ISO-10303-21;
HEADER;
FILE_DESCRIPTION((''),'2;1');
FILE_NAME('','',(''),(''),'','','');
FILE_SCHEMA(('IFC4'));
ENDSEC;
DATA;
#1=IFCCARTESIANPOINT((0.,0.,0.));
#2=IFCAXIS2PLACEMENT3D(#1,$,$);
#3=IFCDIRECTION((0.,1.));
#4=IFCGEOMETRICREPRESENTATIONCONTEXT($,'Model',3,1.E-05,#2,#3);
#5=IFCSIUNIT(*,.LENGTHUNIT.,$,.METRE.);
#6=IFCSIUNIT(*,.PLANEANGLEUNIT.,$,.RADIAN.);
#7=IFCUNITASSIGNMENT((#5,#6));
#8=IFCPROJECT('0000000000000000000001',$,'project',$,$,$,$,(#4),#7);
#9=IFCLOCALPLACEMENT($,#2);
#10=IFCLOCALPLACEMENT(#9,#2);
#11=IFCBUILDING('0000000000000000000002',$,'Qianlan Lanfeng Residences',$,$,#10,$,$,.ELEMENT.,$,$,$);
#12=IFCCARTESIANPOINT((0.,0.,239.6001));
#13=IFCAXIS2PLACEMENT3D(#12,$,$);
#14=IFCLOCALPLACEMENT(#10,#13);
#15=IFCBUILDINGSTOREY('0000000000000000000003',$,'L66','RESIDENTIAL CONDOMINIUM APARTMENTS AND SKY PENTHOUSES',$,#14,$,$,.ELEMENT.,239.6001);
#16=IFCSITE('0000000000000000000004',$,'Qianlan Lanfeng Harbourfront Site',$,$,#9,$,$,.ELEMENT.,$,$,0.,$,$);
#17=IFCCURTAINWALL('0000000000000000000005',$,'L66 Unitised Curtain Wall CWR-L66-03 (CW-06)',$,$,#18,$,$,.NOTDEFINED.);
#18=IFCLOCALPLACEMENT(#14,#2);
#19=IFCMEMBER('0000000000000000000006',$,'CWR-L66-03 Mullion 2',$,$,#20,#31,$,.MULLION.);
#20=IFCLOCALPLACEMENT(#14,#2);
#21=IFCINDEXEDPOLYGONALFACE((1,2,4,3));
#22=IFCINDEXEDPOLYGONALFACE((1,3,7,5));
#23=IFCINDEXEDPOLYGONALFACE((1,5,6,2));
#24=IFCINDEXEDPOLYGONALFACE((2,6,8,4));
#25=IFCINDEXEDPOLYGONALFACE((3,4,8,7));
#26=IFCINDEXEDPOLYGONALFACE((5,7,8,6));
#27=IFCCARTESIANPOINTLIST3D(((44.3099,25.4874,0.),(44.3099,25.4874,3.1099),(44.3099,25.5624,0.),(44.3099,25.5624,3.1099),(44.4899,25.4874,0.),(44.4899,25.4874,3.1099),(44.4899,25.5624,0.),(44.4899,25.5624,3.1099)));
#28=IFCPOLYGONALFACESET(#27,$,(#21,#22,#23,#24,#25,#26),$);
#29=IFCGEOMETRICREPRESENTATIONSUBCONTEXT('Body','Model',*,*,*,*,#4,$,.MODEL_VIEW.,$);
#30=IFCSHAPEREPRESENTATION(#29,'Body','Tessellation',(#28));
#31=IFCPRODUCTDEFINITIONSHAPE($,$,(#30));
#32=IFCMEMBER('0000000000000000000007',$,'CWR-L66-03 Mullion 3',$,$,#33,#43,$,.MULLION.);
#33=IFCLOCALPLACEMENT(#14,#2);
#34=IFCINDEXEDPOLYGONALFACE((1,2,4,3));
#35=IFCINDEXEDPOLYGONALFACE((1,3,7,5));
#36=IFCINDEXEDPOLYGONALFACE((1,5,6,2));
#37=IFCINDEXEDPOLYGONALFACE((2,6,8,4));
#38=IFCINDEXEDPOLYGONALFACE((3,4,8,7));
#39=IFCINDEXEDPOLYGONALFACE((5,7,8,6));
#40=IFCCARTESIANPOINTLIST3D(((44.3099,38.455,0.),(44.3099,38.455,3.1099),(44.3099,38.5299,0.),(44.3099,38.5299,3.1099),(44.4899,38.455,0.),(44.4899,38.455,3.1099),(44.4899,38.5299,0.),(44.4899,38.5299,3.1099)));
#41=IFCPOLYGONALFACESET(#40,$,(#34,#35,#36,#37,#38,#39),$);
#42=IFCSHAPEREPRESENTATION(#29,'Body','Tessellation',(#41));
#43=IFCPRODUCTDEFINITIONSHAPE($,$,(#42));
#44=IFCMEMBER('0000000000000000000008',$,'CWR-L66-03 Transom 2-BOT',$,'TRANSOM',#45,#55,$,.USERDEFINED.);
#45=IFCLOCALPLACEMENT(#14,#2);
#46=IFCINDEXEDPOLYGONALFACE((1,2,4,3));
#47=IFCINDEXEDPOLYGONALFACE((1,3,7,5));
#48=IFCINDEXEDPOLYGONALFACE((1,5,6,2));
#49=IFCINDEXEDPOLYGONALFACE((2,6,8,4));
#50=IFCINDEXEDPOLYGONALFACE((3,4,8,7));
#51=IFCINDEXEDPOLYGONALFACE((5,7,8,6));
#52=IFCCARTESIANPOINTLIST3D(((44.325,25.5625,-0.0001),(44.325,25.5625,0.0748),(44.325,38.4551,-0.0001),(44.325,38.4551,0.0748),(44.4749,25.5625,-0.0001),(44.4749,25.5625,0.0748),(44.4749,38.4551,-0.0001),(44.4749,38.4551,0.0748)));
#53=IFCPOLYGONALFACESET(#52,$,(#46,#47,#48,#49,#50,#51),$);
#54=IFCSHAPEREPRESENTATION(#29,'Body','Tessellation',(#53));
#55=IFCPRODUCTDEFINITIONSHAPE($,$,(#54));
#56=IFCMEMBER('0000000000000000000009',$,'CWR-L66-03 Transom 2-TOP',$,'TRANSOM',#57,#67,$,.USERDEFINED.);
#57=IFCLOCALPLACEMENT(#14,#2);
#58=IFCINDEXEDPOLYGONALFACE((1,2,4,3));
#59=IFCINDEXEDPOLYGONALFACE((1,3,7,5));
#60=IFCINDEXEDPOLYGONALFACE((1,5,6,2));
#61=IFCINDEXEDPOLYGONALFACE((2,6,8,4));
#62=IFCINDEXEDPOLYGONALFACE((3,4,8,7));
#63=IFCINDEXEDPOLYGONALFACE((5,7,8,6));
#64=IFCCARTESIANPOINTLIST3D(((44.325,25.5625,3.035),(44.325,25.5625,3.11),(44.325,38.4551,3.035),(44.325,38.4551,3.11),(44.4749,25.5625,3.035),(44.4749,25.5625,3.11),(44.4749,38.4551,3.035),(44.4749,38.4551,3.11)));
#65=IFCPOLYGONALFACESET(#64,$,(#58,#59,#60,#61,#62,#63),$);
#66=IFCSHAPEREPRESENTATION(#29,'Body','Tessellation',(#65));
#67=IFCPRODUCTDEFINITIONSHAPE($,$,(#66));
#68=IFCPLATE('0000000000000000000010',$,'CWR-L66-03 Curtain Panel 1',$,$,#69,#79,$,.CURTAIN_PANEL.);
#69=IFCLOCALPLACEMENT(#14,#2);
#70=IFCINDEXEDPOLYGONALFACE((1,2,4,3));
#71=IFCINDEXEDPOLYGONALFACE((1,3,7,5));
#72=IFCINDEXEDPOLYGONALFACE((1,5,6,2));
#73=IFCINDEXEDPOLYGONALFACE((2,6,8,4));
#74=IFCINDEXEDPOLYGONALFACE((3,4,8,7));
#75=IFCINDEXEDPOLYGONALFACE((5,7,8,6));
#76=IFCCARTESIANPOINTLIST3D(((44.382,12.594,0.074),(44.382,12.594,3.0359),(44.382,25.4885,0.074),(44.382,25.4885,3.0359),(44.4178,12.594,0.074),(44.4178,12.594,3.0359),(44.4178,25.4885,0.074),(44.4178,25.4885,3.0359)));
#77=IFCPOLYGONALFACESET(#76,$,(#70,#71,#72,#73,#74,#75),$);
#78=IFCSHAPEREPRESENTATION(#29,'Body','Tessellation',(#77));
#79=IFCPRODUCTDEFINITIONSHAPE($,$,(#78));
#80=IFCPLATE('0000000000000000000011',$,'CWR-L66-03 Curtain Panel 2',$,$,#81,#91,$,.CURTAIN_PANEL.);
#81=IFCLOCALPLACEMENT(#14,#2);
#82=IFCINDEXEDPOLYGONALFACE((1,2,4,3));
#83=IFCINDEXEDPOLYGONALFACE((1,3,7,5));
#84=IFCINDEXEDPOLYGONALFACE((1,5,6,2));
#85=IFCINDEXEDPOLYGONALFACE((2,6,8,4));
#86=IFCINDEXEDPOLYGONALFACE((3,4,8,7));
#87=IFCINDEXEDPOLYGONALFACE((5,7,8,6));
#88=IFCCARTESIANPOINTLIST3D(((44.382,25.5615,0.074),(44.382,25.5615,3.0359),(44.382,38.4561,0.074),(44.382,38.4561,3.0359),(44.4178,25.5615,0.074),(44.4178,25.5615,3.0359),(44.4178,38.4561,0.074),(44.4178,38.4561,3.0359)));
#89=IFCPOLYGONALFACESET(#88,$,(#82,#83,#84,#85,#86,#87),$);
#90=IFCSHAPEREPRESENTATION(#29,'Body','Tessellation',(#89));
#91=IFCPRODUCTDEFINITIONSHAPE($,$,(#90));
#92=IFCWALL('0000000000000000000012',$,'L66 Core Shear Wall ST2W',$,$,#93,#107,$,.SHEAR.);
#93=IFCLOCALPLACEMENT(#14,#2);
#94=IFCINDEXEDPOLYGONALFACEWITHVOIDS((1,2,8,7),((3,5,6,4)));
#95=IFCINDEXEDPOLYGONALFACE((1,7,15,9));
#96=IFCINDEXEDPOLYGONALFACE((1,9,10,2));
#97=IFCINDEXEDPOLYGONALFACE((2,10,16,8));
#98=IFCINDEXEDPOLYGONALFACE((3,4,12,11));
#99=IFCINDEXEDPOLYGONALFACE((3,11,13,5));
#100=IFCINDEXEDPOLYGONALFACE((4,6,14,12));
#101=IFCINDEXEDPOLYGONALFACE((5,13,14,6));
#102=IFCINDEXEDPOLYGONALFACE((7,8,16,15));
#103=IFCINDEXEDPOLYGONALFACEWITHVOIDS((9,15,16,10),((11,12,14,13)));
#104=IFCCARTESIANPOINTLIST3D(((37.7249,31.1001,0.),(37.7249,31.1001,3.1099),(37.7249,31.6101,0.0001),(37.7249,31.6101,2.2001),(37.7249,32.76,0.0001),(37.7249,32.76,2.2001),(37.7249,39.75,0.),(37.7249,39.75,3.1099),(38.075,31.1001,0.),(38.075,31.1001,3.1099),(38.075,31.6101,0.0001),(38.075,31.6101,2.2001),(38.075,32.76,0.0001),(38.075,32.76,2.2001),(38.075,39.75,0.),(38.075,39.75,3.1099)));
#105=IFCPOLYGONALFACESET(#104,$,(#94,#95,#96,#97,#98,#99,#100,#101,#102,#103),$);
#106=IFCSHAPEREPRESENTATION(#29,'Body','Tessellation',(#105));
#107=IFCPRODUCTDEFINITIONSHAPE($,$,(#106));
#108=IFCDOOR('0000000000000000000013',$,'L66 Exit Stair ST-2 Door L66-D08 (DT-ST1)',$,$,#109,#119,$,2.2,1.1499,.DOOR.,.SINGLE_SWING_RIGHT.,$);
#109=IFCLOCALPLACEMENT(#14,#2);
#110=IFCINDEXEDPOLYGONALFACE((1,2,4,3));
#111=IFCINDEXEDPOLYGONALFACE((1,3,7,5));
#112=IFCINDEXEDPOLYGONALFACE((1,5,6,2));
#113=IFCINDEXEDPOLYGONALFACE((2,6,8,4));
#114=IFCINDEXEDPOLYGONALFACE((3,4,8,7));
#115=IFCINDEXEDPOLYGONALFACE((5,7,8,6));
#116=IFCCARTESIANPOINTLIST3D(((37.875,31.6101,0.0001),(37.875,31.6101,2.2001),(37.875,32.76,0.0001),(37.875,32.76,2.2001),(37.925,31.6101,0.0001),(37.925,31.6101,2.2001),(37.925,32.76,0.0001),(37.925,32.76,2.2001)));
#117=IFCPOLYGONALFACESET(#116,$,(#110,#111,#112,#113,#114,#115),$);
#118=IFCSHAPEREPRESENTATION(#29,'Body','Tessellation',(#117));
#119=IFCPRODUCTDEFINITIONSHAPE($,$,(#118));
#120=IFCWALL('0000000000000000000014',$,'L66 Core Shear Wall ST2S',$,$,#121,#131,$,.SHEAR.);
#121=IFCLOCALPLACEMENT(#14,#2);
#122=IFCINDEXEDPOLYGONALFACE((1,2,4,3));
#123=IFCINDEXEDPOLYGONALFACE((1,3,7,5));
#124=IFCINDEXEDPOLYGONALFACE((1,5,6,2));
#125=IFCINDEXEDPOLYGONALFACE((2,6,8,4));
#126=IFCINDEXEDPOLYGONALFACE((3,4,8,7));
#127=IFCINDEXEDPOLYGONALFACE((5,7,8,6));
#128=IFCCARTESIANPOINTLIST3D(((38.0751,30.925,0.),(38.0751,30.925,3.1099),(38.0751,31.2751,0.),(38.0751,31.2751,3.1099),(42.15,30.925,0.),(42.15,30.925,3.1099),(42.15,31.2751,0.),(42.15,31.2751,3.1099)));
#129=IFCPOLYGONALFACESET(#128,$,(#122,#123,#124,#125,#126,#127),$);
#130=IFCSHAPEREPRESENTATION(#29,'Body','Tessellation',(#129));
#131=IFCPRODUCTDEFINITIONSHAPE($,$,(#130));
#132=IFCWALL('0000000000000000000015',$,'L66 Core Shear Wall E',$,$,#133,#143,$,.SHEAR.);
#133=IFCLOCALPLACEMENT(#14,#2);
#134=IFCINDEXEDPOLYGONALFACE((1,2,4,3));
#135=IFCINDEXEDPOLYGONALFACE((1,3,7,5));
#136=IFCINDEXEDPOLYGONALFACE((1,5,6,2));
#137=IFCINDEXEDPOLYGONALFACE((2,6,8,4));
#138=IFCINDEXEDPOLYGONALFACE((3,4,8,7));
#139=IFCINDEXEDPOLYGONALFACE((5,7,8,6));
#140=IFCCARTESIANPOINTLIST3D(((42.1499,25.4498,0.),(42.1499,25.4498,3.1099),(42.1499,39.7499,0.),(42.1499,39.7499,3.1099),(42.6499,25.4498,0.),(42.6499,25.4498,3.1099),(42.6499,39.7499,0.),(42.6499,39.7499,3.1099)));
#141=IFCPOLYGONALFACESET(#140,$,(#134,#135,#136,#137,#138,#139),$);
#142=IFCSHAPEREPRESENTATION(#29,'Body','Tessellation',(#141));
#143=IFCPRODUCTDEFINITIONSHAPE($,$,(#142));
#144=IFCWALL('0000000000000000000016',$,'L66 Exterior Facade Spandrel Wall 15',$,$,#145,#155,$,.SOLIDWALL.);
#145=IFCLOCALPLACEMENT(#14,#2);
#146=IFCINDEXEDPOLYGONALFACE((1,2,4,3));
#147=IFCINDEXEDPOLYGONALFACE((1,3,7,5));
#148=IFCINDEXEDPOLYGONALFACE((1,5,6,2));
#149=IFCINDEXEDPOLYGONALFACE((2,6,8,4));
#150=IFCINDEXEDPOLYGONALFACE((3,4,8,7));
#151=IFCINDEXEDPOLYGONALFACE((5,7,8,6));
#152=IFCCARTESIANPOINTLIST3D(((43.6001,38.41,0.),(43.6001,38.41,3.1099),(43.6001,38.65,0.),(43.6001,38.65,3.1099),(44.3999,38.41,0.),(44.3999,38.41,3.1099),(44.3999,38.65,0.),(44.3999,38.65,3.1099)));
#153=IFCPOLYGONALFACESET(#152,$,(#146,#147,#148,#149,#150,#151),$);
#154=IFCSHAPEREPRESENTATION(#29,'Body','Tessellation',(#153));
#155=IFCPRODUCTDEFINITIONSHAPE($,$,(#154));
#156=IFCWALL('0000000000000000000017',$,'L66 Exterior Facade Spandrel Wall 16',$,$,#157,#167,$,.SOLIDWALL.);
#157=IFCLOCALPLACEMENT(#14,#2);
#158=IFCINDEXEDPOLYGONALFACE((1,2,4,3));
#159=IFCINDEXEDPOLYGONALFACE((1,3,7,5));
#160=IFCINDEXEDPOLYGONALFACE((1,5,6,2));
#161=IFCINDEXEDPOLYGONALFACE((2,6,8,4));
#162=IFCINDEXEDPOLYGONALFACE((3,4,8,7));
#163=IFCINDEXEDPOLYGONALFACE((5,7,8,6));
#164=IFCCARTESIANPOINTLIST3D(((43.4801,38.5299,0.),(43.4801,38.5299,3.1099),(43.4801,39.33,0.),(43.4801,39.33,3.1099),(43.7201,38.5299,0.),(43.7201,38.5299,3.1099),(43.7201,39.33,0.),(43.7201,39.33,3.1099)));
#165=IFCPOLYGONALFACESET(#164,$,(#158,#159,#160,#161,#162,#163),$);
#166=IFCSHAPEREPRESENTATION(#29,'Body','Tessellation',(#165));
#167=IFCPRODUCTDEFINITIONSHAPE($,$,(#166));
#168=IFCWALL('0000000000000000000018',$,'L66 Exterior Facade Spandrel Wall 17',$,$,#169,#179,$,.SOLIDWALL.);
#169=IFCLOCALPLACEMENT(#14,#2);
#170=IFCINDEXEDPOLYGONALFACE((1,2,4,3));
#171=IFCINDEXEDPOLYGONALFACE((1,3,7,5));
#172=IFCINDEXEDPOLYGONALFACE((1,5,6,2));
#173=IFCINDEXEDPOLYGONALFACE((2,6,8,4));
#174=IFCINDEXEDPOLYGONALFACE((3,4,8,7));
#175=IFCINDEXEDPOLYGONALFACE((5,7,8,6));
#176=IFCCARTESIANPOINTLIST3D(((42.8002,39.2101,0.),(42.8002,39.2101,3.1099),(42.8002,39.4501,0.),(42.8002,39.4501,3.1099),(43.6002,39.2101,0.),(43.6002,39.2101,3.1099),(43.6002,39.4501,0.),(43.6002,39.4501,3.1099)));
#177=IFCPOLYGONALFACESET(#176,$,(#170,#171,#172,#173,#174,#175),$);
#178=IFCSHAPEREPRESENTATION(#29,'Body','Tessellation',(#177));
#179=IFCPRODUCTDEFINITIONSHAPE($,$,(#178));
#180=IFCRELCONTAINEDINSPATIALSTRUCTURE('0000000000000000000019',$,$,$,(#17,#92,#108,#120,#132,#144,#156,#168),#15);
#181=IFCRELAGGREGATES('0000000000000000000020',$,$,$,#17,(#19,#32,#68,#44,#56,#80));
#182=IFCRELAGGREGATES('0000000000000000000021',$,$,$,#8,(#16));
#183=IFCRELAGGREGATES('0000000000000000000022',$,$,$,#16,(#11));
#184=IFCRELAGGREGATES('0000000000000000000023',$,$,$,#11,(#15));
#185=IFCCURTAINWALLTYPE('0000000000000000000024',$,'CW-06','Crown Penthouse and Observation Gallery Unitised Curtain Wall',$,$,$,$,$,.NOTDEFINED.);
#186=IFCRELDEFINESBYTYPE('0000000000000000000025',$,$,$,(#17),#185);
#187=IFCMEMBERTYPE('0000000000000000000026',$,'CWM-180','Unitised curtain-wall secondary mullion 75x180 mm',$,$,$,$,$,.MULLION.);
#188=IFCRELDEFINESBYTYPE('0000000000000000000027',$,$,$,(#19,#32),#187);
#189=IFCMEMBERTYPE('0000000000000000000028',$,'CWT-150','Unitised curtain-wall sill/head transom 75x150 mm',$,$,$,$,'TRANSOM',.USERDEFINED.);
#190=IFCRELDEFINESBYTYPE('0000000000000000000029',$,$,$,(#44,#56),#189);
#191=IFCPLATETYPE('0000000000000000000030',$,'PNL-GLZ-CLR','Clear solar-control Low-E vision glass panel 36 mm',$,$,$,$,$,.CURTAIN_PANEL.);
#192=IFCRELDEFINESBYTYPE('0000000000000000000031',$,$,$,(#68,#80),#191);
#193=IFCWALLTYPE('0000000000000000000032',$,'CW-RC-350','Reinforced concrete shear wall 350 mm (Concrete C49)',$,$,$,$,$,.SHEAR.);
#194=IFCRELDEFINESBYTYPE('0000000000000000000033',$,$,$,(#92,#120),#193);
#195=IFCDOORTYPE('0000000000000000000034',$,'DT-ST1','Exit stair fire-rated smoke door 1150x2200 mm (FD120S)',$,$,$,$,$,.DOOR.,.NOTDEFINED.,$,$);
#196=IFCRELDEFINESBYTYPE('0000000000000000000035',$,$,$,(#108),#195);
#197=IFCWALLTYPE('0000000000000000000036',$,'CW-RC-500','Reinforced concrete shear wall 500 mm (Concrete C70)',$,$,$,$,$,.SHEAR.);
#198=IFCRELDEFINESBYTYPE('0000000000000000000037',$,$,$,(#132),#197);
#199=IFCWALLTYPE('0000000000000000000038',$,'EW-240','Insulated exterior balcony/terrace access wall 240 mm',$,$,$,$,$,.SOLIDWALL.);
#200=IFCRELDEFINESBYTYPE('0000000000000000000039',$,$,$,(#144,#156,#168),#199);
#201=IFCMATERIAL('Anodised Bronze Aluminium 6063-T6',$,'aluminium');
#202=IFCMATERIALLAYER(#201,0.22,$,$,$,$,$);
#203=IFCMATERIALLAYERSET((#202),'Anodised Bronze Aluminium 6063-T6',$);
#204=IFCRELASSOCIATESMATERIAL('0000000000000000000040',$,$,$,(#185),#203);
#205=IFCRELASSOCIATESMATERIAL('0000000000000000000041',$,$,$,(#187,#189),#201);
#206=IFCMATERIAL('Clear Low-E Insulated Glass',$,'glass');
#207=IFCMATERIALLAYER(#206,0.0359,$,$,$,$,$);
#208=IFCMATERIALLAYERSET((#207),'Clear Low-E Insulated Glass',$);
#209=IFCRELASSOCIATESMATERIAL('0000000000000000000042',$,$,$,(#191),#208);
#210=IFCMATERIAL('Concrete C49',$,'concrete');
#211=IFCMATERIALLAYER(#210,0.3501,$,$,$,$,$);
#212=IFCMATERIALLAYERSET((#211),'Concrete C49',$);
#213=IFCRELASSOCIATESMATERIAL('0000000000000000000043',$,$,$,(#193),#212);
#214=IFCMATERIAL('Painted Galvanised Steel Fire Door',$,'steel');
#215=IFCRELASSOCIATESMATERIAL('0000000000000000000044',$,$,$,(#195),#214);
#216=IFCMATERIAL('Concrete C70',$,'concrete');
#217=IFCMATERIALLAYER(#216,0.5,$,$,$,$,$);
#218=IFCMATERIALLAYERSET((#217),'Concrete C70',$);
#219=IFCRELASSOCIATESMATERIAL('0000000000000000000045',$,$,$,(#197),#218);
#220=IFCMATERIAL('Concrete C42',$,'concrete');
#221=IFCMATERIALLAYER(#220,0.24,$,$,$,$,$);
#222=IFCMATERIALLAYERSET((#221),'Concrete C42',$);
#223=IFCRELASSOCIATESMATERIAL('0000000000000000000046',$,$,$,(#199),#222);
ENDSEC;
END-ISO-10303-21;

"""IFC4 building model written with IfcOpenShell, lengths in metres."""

from ifc_helpers import new_model, si_unit, direction, frame, frame_2d, origin, origin_2d, place, context, subcontext, project, spatial, rectangle, extrude, source, transform, mapped, material, layer, layer_set, material_profile, profile_set, type_object, element, fill, aggregate, save


model = new_model("IFC4")

# Units and contexts
model_context = context("Model", 3, precision=1e-05, world=origin(), true_north=direction((0.0, 1.0)))
body_context = subcontext(model_context, "Body", "Model", "MODEL_VIEW")
ifc_project = project(units=[si_unit("LENGTHUNIT", "METRE"), si_unit("PLANEANGLEUNIT", "RADIAN")], contexts=[model_context])

# Site, building, storey
site_placement = place(None, origin())
site = spatial("IfcSite", under=ifc_project, at=site_placement, Name="Qianlan Lanfeng Harbourfront Site", CompositionType="ELEMENT", RefElevation=0.0)
building_placement = place(site_placement, origin())
building = spatial("IfcBuilding", under=site, at=building_placement, Name="Qianlan Lanfeng Residences", CompositionType="ELEMENT")
storey_placement = place(building_placement, frame((0.0, 0.0, 239.6001)))
storey = spatial("IfcBuildingStorey", under=building, at=storey_placement, Name="L66", Description="RESIDENTIAL CONDOMINIUM APARTMENTS AND SKY PENTHOUSES", CompositionType="ELEMENT", Elevation=239.6001)

# Curtain wall, members, plates
ifc_material_1 = material(Name="Anodised Bronze Aluminium 6063-T6", Category="aluminium")
ifc_layer_1 = layer(ifc_material_1, 0.22)
ifc_layer_set_1 = layer_set([ifc_layer_1], Name="Anodised Bronze Aluminium 6063-T6")
curtain_wall_type = type_object("IfcCurtainWallType", Name="CW-06", Description="Crown Penthouse and Observation Gallery Unitised Curtain Wall", PredefinedType="NOTDEFINED", material=ifc_layer_set_1)
curtain_wall_placement = place(storey_placement, origin())
curtain_wall = element("IfcCurtainWall", 1, at=curtain_wall_placement, inside=storey, type_object=curtain_wall_type, Name="L66 Unitised Curtain Wall CWR-L66-03 (CW-06)", PredefinedType="NOTDEFINED")
ifc_material_profile_1 = material_profile(ifc_material_1, rectangle(XDim=0.075, YDim=0.1799, at=origin_2d()), Name="ALU MULLION 75x180")
ifc_profile_set_1 = profile_set([ifc_material_profile_1], Name="Anodised Bronze Aluminium 6063-T6")
member_type_1 = type_object("IfcMemberType", Name="CWM-180", Description="Unitised curtain-wall secondary mullion 75x180 mm", PredefinedType="MULLION", material=ifc_profile_set_1)
shared_shape_1 = source(origin(), body_context, "Body", "SweptSolid", [
    extrude(rectangle(XDim=0.075, YDim=0.1799, at=origin_2d()), origin(), (0.0, 0.0, 1.0), 3.1099),
])
member_1_placement = place(storey_placement, frame((44.3999, 25.5249, 0.0), z_axis=(0.0, 0.0, 1.0), x_axis=(0.0, 1.0, 0.0)))
member_1 = element("IfcMember", 2, at=member_1_placement, type_object=member_type_1, Name="CWR-L66-03 Mullion 2", PredefinedType="MULLION", context=body_context, shape_type="MappedRepresentation", body=[
    mapped(shared_shape_1, transform((0.0, 0.0, 0.0), scale=1.0)),
])
member_2_placement = place(storey_placement, frame((44.3999, 38.4924, 0.0), z_axis=(0.0, 0.0, 1.0), x_axis=(0.0, 1.0, 0.0)))
member_2 = element("IfcMember", 3, at=member_2_placement, type_object=member_type_1, Name="CWR-L66-03 Mullion 3", PredefinedType="MULLION", context=body_context, shape_type="MappedRepresentation", body=[
    mapped(shared_shape_1, transform((0.0, 0.0, 0.0), scale=1.0)),
])
ifc_material_profile_2 = material_profile(ifc_material_1, rectangle(XDim=0.075, YDim=0.1499, at=origin_2d()), Name="ALU TRANSOM 75x150")
ifc_profile_set_2 = profile_set([ifc_material_profile_2], Name="Anodised Bronze Aluminium 6063-T6")
member_type_2 = type_object("IfcMemberType", Name="CWT-150", Description="Unitised curtain-wall sill/head transom 75x150 mm", ElementType="TRANSOM", PredefinedType="USERDEFINED", material=ifc_profile_set_2)
shared_shape_2 = source(origin(), body_context, "Body", "SweptSolid", [
    extrude(rectangle(XDim=0.075, YDim=0.1499, at=origin_2d()), origin(), (0.0, 0.0, 1.0), 12.8926),
])
member_3_placement = place(storey_placement, frame((44.3999, 25.5625, 0.0374), z_axis=(0.0, 1.0, 0.0), x_axis=(0.0, 0.0, 1.0)))
member_3 = element("IfcMember", 4, at=member_3_placement, type_object=member_type_2, Name="CWR-L66-03 Transom 2-BOT", ObjectType="TRANSOM", PredefinedType="USERDEFINED", context=body_context, shape_type="MappedRepresentation", body=[
    mapped(shared_shape_2, transform((0.0, 0.0, 0.0), scale=1.0)),
])
member_4_placement = place(storey_placement, frame((44.3999, 25.5625, 3.0725), z_axis=(0.0, 1.0, 0.0), x_axis=(0.0, 0.0, 1.0)))
member_4 = element("IfcMember", 5, at=member_4_placement, type_object=member_type_2, Name="CWR-L66-03 Transom 2-TOP", ObjectType="TRANSOM", PredefinedType="USERDEFINED", context=body_context, shape_type="MappedRepresentation", body=[
    mapped(shared_shape_2, transform((0.0, 0.0, 0.0), scale=1.0)),
])
ifc_material_2 = material(Name="Clear Low-E Insulated Glass", Category="glass")
ifc_layer_2 = layer(ifc_material_2, 0.0359)
ifc_layer_set_2 = layer_set([ifc_layer_2], Name="Clear Low-E Insulated Glass")
plate_type = type_object("IfcPlateType", Name="PNL-GLZ-CLR", Description="Clear solar-control Low-E vision glass panel 36 mm", PredefinedType="CURTAIN_PANEL", material=ifc_layer_set_2)
shared_shape_3 = source(origin(), body_context, "Body", "SweptSolid", [
    extrude(rectangle(XDim=12.8945, YDim=0.0359, at=origin_2d()), origin(), (0.0, 0.0, 1.0), 2.9619),
])
plate_1_placement = place(storey_placement, frame((44.3999, 19.0413, 0.074), z_axis=(0.0, 0.0, 1.0), x_axis=(0.0, 1.0, 0.0)))
plate_1 = element("IfcPlate", 6, at=plate_1_placement, type_object=plate_type, Name="CWR-L66-03 Curtain Panel 1", PredefinedType="CURTAIN_PANEL", context=body_context, shape_type="MappedRepresentation", body=[
    mapped(shared_shape_3, transform((0.0, 0.0, 0.0), scale=1.0)),
])
plate_2_placement = place(storey_placement, frame((44.3999, 32.0088, 0.074), z_axis=(0.0, 0.0, 1.0), x_axis=(0.0, 1.0, 0.0)))
plate_2 = element("IfcPlate", 7, at=plate_2_placement, type_object=plate_type, Name="CWR-L66-03 Curtain Panel 2", PredefinedType="CURTAIN_PANEL", context=body_context, shape_type="MappedRepresentation", body=[
    mapped(shared_shape_3, transform((0.0, 0.0, 0.0), scale=1.0)),
])
aggregate(curtain_wall, [member_1, member_2, plate_1, member_3, member_4, plate_2])

# Wall, opening, door
ifc_material_3 = material(Name="Concrete C49", Category="concrete")
ifc_layer_3 = layer(ifc_material_3, 0.3501)
ifc_layer_set_3 = layer_set([ifc_layer_3], Name="Concrete C49")
wall_type_1 = type_object("IfcWallType", Name="CW-RC-350", Description="Reinforced concrete shear wall 350 mm (Concrete C49)", PredefinedType="SHEAR", material=ifc_layer_set_3)
wall_1_placement = place(storey_placement, frame((37.8999, 31.1001, 0.0), z_axis=(0.0, 0.0, 1.0), x_axis=(0.0, 1.0, 0.0)))
wall_1 = element("IfcWall", 8, at=wall_1_placement, inside=storey, type_object=wall_type_1, Name="L66 Core Shear Wall ST2W", PredefinedType="SHEAR", context=body_context, shape_type="SweptSolid", body=[
    extrude(rectangle(XDim=8.6499, YDim=0.3501, at=frame_2d((4.325, 0.0))), origin(), (0.0, 0.0, 1.0), 3.1099),
])
opening_1_placement = place(wall_1_placement, frame((0.51, 0.0, 0.0)))
opening_1 = element("IfcOpeningElement", 9, at=opening_1_placement, cuts=wall_1, PredefinedType="OPENING", context=body_context, shape_type="SweptSolid", body=[
    extrude(rectangle(XDim=1.1499, YDim=2.2, at=frame_2d((0.575, 1.1001))), frame((0.0, 0.1851, 0.0), z_axis=(0.0, -1.0, 0.0), x_axis=(1.0, 0.0, 0.0)), (0.0, 0.0, 1.0), 0.3701),
])
ifc_material_4 = material(Name="Painted Galvanised Steel Fire Door", Category="steel")
door_type_1 = type_object("IfcDoorType", Name="DT-ST1", Description="Exit stair fire-rated smoke door 1150x2200 mm (FD120S)", OperationType="NOTDEFINED", PredefinedType="DOOR", material=ifc_material_4)
door_1_placement = place(opening_1_placement, origin())
door_1 = element("IfcDoor", 10, at=door_1_placement, inside=storey, type_object=door_type_1, Name="L66 Exit Stair ST-2 Door L66-D08 (DT-ST1)", OperationType="SINGLE_SWING_RIGHT", OverallHeight=2.2, OverallWidth=1.1499, PredefinedType="DOOR", context=body_context, shape_type="SweptSolid", body=[
    extrude(rectangle(XDim=1.1499, YDim=2.2, at=frame_2d((0.575, 1.1001))), frame((0.0, 0.0249, 0.0), z_axis=(0.0, -1.0, 0.0), x_axis=(1.0, 0.0, 0.0)), (0.0, 0.0, 1.0), 0.05),
])
fill(opening_1, door_1)

# Walls
wall_2_placement = place(storey_placement, frame((38.075, 31.1001, 0.0), z_axis=(0.0, 0.0, 1.0), x_axis=(1.0, 0.0, 0.0)))
element("IfcWall", 11, at=wall_2_placement, inside=storey, type_object=wall_type_1, Name="L66 Core Shear Wall ST2S", PredefinedType="SHEAR", context=body_context, shape_type="SweptSolid", body=[
    extrude(rectangle(XDim=4.075, YDim=0.3501, at=frame_2d((2.0376, 0.0))), origin(), (0.0, 0.0, 1.0), 3.1099),
])
ifc_material_5 = material(Name="Concrete C70", Category="concrete")
ifc_layer_4 = layer(ifc_material_5, 0.5)
ifc_layer_set_4 = layer_set([ifc_layer_4], Name="Concrete C70")
wall_type_2 = type_object("IfcWallType", Name="CW-RC-500", Description="Reinforced concrete shear wall 500 mm (Concrete C70)", PredefinedType="SHEAR", material=ifc_layer_set_4)
wall_3_placement = place(storey_placement, frame((42.3999, 25.45, 0.0), z_axis=(0.0, 0.0, 1.0), x_axis=(0.0, 1.0, 0.0)))
element("IfcWall", 12, at=wall_3_placement, inside=storey, type_object=wall_type_2, Name="L66 Core Shear Wall E", PredefinedType="SHEAR", context=body_context, shape_type="SweptSolid", body=[
    extrude(rectangle(XDim=14.3, YDim=0.5, at=frame_2d((7.1499, 0.0))), origin(), (0.0, 0.0, 1.0), 3.1099),
])
ifc_material_6 = material(Name="Concrete C42", Category="concrete")
ifc_layer_5 = layer(ifc_material_6, 0.24)
ifc_layer_set_5 = layer_set([ifc_layer_5], Name="Concrete C42")
wall_type_3 = type_object("IfcWallType", Name="EW-240", Description="Insulated exterior balcony/terrace access wall 240 mm", PredefinedType="SOLIDWALL", material=ifc_layer_set_5)
wall_4_placement = place(storey_placement, frame((44.3999, 38.53, 0.0), z_axis=(0.0, 0.0, 1.0), x_axis=(-1.0, 0.0, 0.0)))
element("IfcWall", 13, at=wall_4_placement, inside=storey, type_object=wall_type_3, Name="L66 Exterior Facade Spandrel Wall 15", PredefinedType="SOLIDWALL", context=body_context, shape_type="SweptSolid", body=[
    extrude(rectangle(XDim=0.7998, YDim=0.24, at=frame_2d((0.3999, 0.0))), origin(), (0.0, 0.0, 1.0), 3.1099),
])
for number, where, z_axis, x_axis, name in (
    (14, (43.6001, 38.53, 0.0), (0.0, 0.0, 1.0), (0.0, 1.0, 0.0), "L66 Exterior Facade Spandrel Wall 16"),
    (15, (43.6001, 39.3301, 0.0), (0.0, 0.0, 1.0), (-1.0, 0.0, 0.0), "L66 Exterior Facade Spandrel Wall 17"),
):
    element("IfcWall", number, at=place(storey_placement, frame(where, z_axis=z_axis, x_axis=x_axis)), inside=storey, type_object=wall_type_3, Name=name, PredefinedType="SOLIDWALL", context=body_context, shape_type="SweptSolid", body=[
        extrude(rectangle(XDim=0.8, YDim=0.24, at=frame_2d((0.3999, 0.0))), origin(), (0.0, 0.0, 1.0), 3.1099),
    ])

save(model, "model.ifc")
